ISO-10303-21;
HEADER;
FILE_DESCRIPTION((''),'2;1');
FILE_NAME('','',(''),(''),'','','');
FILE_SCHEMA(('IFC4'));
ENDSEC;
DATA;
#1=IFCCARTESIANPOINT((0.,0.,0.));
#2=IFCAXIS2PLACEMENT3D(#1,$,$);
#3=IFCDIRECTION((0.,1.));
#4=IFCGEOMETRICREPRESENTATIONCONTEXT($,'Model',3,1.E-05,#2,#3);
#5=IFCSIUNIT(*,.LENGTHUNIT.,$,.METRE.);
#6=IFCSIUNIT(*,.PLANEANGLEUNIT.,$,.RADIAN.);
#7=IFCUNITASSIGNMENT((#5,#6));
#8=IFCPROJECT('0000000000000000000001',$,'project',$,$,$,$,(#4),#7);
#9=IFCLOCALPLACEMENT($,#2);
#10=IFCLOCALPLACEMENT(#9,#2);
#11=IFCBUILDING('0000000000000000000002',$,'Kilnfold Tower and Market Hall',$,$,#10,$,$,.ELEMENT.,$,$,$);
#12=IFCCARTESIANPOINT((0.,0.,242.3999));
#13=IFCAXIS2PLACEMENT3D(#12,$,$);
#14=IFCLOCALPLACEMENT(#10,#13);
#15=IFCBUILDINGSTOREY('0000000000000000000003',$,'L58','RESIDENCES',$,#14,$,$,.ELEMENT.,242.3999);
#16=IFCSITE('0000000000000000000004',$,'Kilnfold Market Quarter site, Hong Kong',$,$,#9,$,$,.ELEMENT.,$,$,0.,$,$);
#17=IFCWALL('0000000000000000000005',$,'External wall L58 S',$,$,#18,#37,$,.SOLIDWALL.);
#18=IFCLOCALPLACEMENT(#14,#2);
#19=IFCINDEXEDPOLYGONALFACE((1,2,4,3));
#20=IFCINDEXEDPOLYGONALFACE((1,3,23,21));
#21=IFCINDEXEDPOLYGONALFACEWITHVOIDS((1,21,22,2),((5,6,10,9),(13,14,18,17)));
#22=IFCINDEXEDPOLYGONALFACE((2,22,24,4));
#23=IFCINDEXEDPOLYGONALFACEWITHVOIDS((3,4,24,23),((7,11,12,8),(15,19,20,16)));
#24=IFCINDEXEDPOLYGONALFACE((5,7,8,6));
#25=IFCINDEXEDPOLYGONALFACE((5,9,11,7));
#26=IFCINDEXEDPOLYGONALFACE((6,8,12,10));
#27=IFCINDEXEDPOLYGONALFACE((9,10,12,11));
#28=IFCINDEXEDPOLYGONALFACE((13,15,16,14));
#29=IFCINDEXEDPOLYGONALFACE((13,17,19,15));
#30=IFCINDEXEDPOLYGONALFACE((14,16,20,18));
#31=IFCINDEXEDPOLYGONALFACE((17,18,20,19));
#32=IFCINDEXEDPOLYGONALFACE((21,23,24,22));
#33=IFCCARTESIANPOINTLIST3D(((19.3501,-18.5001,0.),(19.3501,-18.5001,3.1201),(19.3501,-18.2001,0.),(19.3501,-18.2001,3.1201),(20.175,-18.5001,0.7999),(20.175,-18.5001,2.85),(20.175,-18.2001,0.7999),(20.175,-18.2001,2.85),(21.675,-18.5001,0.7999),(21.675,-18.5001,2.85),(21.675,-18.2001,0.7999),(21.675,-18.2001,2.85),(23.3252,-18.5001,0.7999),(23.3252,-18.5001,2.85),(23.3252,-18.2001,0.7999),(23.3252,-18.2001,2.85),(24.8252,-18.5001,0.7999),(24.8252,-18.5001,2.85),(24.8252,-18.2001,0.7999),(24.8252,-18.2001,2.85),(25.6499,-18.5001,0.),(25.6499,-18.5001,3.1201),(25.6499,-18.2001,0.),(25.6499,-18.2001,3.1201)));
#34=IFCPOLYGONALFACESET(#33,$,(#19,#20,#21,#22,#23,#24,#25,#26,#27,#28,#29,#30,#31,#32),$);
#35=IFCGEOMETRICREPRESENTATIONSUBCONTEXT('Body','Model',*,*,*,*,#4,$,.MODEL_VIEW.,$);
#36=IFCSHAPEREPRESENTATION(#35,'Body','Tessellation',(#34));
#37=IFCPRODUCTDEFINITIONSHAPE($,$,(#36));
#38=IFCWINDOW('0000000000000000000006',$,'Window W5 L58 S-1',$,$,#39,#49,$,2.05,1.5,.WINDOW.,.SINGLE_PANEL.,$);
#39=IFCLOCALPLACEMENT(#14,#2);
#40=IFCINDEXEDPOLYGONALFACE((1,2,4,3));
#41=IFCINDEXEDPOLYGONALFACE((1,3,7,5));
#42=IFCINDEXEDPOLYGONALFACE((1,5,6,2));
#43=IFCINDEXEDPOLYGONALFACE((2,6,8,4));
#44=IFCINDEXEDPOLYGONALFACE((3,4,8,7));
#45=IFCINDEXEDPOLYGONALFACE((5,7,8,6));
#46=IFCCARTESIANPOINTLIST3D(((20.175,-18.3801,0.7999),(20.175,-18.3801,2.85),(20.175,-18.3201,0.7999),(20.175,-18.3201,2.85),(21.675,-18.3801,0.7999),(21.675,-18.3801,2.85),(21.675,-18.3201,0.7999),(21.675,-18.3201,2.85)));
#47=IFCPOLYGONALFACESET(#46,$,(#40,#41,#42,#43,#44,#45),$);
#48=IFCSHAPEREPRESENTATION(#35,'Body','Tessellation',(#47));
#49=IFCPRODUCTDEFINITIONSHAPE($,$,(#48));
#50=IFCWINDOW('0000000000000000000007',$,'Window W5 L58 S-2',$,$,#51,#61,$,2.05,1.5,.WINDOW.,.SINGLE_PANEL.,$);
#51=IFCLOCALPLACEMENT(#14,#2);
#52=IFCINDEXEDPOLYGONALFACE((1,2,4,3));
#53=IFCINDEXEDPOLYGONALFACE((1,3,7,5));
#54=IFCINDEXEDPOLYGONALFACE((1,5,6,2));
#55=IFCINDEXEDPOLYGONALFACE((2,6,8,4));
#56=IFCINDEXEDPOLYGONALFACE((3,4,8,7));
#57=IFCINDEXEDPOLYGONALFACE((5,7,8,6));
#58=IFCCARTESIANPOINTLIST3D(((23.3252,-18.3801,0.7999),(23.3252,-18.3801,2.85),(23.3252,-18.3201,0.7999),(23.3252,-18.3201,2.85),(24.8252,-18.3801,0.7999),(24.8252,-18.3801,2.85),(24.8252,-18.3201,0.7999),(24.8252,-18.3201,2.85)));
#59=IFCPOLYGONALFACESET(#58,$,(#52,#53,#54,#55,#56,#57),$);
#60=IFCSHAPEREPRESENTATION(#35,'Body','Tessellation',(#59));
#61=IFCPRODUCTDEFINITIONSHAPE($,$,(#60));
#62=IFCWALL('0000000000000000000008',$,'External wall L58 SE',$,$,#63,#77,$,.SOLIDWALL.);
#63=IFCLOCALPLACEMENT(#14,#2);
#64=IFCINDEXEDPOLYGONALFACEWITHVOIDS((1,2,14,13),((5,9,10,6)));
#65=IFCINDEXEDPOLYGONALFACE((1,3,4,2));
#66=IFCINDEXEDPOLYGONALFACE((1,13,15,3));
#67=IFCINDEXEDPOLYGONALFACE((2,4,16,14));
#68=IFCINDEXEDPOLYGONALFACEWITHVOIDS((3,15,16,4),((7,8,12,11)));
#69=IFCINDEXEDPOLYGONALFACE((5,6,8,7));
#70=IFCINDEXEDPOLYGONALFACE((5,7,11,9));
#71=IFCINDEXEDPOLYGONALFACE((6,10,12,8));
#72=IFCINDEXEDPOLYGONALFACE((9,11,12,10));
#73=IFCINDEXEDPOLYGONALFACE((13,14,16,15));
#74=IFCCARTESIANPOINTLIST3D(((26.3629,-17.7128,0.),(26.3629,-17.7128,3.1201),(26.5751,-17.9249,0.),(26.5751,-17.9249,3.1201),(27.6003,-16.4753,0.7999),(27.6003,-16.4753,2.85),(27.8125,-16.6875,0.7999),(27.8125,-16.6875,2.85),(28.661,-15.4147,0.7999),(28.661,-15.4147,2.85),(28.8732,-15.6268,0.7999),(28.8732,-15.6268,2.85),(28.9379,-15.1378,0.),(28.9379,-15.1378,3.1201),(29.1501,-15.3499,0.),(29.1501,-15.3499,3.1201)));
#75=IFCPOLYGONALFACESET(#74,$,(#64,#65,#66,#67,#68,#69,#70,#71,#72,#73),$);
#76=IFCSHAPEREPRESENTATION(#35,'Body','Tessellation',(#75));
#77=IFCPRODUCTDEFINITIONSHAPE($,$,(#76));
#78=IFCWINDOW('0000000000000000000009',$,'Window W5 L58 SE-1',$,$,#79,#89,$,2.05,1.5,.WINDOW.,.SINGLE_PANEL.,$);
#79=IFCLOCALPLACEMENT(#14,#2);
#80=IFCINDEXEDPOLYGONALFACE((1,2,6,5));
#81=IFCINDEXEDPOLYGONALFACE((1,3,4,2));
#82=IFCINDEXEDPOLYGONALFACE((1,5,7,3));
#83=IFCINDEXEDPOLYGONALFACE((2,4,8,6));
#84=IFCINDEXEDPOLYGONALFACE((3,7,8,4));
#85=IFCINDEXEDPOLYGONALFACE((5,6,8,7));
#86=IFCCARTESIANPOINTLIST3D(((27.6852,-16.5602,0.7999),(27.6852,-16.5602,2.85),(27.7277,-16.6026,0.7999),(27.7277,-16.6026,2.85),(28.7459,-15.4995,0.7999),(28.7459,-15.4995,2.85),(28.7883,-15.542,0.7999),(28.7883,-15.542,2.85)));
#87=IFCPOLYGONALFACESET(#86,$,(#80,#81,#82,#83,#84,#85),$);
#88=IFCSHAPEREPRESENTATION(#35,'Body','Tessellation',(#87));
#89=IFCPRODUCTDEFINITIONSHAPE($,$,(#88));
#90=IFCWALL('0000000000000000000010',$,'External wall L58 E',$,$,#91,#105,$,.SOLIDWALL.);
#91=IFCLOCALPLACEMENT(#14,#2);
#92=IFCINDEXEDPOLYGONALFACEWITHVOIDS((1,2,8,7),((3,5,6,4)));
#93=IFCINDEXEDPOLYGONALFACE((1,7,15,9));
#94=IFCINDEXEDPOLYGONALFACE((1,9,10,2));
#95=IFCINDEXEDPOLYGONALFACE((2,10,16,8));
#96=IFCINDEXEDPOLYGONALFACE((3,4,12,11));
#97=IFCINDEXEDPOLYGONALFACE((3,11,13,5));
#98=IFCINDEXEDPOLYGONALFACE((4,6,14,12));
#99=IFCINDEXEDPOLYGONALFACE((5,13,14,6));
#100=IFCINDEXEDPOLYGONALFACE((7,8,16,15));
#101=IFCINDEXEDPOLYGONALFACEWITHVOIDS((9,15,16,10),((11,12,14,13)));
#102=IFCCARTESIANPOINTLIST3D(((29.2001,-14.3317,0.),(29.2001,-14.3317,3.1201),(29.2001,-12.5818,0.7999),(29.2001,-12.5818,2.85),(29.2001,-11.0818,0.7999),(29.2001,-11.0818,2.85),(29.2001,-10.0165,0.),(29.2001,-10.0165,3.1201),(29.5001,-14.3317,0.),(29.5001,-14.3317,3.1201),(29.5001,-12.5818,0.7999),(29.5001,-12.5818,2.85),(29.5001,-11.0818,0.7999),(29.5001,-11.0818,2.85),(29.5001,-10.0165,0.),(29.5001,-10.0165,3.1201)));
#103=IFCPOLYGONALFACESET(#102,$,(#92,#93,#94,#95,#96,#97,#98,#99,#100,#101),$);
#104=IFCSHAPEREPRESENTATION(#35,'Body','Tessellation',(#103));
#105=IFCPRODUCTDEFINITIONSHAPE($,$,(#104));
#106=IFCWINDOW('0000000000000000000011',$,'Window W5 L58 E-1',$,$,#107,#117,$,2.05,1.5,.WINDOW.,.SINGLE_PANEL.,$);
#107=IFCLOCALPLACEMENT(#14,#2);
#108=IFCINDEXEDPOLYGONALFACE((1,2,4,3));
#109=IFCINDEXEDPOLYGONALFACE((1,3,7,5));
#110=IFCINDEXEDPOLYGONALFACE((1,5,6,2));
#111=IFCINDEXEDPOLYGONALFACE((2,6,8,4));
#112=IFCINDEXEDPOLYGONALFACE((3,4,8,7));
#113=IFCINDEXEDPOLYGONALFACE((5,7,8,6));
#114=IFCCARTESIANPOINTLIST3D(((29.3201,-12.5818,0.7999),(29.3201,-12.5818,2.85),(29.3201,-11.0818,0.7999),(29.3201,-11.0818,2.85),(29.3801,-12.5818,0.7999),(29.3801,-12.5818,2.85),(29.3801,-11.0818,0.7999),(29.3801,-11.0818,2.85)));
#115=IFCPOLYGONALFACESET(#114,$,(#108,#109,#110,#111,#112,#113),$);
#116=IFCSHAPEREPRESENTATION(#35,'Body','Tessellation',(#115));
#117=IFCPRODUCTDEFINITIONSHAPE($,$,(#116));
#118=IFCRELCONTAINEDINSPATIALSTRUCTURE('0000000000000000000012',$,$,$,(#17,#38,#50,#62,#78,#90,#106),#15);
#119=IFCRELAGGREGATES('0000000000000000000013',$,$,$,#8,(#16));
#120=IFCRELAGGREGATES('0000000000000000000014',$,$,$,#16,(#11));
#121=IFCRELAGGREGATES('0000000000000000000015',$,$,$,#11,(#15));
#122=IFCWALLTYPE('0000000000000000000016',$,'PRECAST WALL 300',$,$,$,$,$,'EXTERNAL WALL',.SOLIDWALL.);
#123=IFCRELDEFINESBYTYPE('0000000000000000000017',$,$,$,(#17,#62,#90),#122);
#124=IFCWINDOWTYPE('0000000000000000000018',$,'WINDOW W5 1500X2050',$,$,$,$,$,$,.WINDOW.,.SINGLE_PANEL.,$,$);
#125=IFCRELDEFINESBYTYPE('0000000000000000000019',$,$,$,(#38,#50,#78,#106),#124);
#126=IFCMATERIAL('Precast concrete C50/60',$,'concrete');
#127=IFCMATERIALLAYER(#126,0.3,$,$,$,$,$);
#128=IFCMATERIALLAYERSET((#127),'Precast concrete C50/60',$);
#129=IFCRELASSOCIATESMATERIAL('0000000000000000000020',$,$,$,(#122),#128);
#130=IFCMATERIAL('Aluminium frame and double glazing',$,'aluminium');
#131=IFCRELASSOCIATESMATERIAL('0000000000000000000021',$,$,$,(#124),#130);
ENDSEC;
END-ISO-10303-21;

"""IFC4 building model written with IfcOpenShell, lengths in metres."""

from ifc_helpers import new_model, si_unit, direction, frame, frame_2d, origin, place, context, subcontext, project, spatial, rectangle, extrude, source, transform, mapped, material, layer, layer_set, type_object, element, fill, save


model = new_model("IFC4")

# Units and contexts
model_context = context("Model", 3, precision=1e-05, world=origin(), true_north=direction((0.0, 1.0)))
body_context = subcontext(model_context, "Body", "Model", "MODEL_VIEW")
ifc_project = project(units=[si_unit("LENGTHUNIT", "METRE"), si_unit("PLANEANGLEUNIT", "RADIAN")], contexts=[model_context])

# Site, building, storey
site_placement = place(None, origin())
site = spatial("IfcSite", under=ifc_project, at=site_placement, Name="Kilnfold Market Quarter site, Hong Kong", CompositionType="ELEMENT", RefElevation=0.0)
building_placement = place(site_placement, origin())
building = spatial("IfcBuilding", under=site, at=building_placement, Name="Kilnfold Tower and Market Hall", CompositionType="ELEMENT")
storey_placement = place(building_placement, frame((0.0, 0.0, 242.3999)))
storey = spatial("IfcBuildingStorey", under=building, at=storey_placement, Name="L58", Description="RESIDENCES", CompositionType="ELEMENT", Elevation=242.3999)

# Wall, openings, windows
ifc_material_1 = material(Name="Precast concrete C50/60", Category="concrete")
ifc_layer_1 = layer(ifc_material_1, 0.3)
ifc_layer_set_1 = layer_set([ifc_layer_1], Name="Precast concrete C50/60")
wall_type_1 = type_object("IfcWallType", Name="PRECAST WALL 300", ElementType="EXTERNAL WALL", PredefinedType="SOLIDWALL", material=ifc_layer_set_1)
shared_shape_1 = source(origin(), body_context, "Body", "SweptSolid", [
    extrude(rectangle(XDim=6.2998, YDim=0.3, at=frame_2d((3.1499, 0.0))), origin(), (0.0, 0.0, 1.0), 3.1201),
])
wall_1_placement = place(storey_placement, frame((19.3501, -18.3501, 0.0), z_axis=(0.0, 0.0, 1.0), x_axis=(1.0, 0.0, 0.0)))
wall_1 = element("IfcWall", 1, at=wall_1_placement, inside=storey, type_object=wall_type_1, Name="External wall L58 S", PredefinedType="SOLIDWALL", context=body_context, shape_type="MappedRepresentation", body=[
    mapped(shared_shape_1, transform((0.0, 0.0, 0.0))),
])
opening_1_placement = place(wall_1_placement, frame((0.825, 0.0, 0.8)))
opening_1 = element("IfcOpeningElement", 2, at=opening_1_placement, cuts=wall_1, PredefinedType="OPENING", context=body_context, shape_type="SweptSolid", body=[
    extrude(rectangle(XDim=1.5, YDim=2.05, at=frame_2d((0.75, 1.0249))), frame((0.0, 0.1602, 0.0), z_axis=(0.0, -1.0, 0.0), x_axis=(1.0, 0.0, 0.0)), (0.0, 0.0, 1.0), 0.3201),
])
opening_2_placement = place(wall_1_placement, frame((3.9751, 0.0, 0.8)))
opening_2 = element("IfcOpeningElement", 3, at=opening_2_placement, cuts=wall_1, PredefinedType="OPENING", context=body_context, shape_type="SweptSolid", body=[
    extrude(rectangle(XDim=1.5, YDim=2.05, at=frame_2d((0.75, 1.0249))), frame((0.0, 0.1602, 0.0), z_axis=(0.0, -1.0, 0.0), x_axis=(1.0, 0.0, 0.0)), (0.0, 0.0, 1.0), 0.3201),
])
ifc_material_2 = material(Name="Aluminium frame and double glazing", Category="aluminium")
window_type = type_object("IfcWindowType", Name="WINDOW W5 1500X2050", PartitioningType="SINGLE_PANEL", PredefinedType="WINDOW", material=ifc_material_2)
window_1_placement = place(opening_1_placement, origin())
window_1 = element("IfcWindow", 4, at=window_1_placement, inside=storey, type_object=window_type, Name="Window W5 L58 S-1", OverallHeight=2.05, OverallWidth=1.5, PartitioningType="SINGLE_PANEL", PredefinedType="WINDOW", context=body_context, shape_type="SweptSolid", body=[
    extrude(rectangle(XDim=1.5, YDim=2.05, at=frame_2d((0.75, 1.0249))), frame((0.0, 0.03, 0.0), z_axis=(0.0, -1.0, 0.0), x_axis=(1.0, 0.0, 0.0)), (0.0, 0.0, 1.0), 0.0601),
])
fill(opening_1, window_1)
window_2_placement = place(opening_2_placement, origin())
window_2 = element("IfcWindow", 5, at=window_2_placement, inside=storey, type_object=window_type, Name="Window W5 L58 S-2", OverallHeight=2.05, OverallWidth=1.5, PartitioningType="SINGLE_PANEL", PredefinedType="WINDOW", context=body_context, shape_type="SweptSolid", body=[
    extrude(rectangle(XDim=1.5, YDim=2.05, at=frame_2d((0.75, 1.0249))), frame((0.0, 0.03, 0.0), z_axis=(0.0, -1.0, 0.0), x_axis=(1.0, 0.0, 0.0)), (0.0, 0.0, 1.0), 0.0601),
])
fill(opening_2, window_2)

# Walls, openings, windows
shared_shape_2 = source(origin(), body_context, "Body", "SweptSolid", [
    extrude(rectangle(XDim=3.6416, YDim=0.3, at=frame_2d((1.8208, 0.0))), origin(), (0.0, 0.0, 1.0), 3.1201),
])
wall_2_placement = place(storey_placement, frame((26.469, -17.8188, 0.0), z_axis=(0.0, 0.0, 1.0), x_axis=(0.707107, 0.707107, 0.0)))
wall_2 = element("IfcWall", 6, at=wall_2_placement, inside=storey, type_object=wall_type_1, Name="External wall L58 SE", PredefinedType="SOLIDWALL", context=body_context, shape_type="MappedRepresentation", body=[
    mapped(shared_shape_2, transform((0.0, 0.0, 0.0))),
])
opening_3_placement = place(wall_2_placement, frame((1.75, 0.0, 0.8)))
opening_3 = element("IfcOpeningElement", 7, at=opening_3_placement, cuts=wall_2, PredefinedType="OPENING", context=body_context, shape_type="SweptSolid", body=[
    extrude(rectangle(XDim=1.5, YDim=2.05, at=frame_2d((0.75, 1.0249))), frame((0.0, 0.1602, 0.0), z_axis=(0.0, -1.0, 0.0), x_axis=(1.0, 0.0, 0.0)), (0.0, 0.0, 1.0), 0.3201),
])
window_3_placement = place(opening_3_placement, origin())
window_3 = element("IfcWindow", 8, at=window_3_placement, inside=storey, type_object=window_type, Name="Window W5 L58 SE-1", OverallHeight=2.05, OverallWidth=1.5, PartitioningType="SINGLE_PANEL", PredefinedType="WINDOW", context=body_context, shape_type="SweptSolid", body=[
    extrude(rectangle(XDim=1.5, YDim=2.05, at=frame_2d((0.75, 1.0249))), frame((0.0, 0.03, 0.0), z_axis=(0.0, -1.0, 0.0), x_axis=(1.0, 0.0, 0.0)), (0.0, 0.0, 1.0), 0.0601),
])
fill(opening_3, window_3)
shared_shape_3 = source(origin(), body_context, "Body", "SweptSolid", [
    extrude(rectangle(XDim=4.3152, YDim=0.3, at=frame_2d((2.1577, 0.0))), origin(), (0.0, 0.0, 1.0), 3.1201),
])
wall_3_placement = place(storey_placement, frame((29.3501, -14.3318, 0.0), z_axis=(0.0, 0.0, 1.0), x_axis=(0.0, 1.0, 0.0)))
wall_3 = element("IfcWall", 9, at=wall_3_placement, inside=storey, type_object=wall_type_1, Name="External wall L58 E", PredefinedType="SOLIDWALL", context=body_context, shape_type="MappedRepresentation", body=[
    mapped(shared_shape_3, transform((0.0, 0.0, 0.0))),
])
opening_4_placement = place(wall_3_placement, frame((1.75, 0.0, 0.8)))
opening_4 = element("IfcOpeningElement", 10, at=opening_4_placement, cuts=wall_3, PredefinedType="OPENING", context=body_context, shape_type="SweptSolid", body=[
    extrude(rectangle(XDim=1.5, YDim=2.05, at=frame_2d((0.75, 1.0249))), frame((0.0, 0.1602, 0.0), z_axis=(0.0, -1.0, 0.0), x_axis=(1.0, 0.0, 0.0)), (0.0, 0.0, 1.0), 0.3201),
])
window_4_placement = place(opening_4_placement, origin())
window_4 = element("IfcWindow", 11, at=window_4_placement, inside=storey, type_object=window_type, Name="Window W5 L58 E-1", OverallHeight=2.05, OverallWidth=1.5, PartitioningType="SINGLE_PANEL", PredefinedType="WINDOW", context=body_context, shape_type="SweptSolid", body=[
    extrude(rectangle(XDim=1.5, YDim=2.05, at=frame_2d((0.75, 1.0249))), frame((0.0, 0.03, 0.0), z_axis=(0.0, -1.0, 0.0), x_axis=(1.0, 0.0, 0.0)), (0.0, 0.0, 1.0), 0.0601),
])
fill(opening_4, window_4)

save(model, "model.ifc")
